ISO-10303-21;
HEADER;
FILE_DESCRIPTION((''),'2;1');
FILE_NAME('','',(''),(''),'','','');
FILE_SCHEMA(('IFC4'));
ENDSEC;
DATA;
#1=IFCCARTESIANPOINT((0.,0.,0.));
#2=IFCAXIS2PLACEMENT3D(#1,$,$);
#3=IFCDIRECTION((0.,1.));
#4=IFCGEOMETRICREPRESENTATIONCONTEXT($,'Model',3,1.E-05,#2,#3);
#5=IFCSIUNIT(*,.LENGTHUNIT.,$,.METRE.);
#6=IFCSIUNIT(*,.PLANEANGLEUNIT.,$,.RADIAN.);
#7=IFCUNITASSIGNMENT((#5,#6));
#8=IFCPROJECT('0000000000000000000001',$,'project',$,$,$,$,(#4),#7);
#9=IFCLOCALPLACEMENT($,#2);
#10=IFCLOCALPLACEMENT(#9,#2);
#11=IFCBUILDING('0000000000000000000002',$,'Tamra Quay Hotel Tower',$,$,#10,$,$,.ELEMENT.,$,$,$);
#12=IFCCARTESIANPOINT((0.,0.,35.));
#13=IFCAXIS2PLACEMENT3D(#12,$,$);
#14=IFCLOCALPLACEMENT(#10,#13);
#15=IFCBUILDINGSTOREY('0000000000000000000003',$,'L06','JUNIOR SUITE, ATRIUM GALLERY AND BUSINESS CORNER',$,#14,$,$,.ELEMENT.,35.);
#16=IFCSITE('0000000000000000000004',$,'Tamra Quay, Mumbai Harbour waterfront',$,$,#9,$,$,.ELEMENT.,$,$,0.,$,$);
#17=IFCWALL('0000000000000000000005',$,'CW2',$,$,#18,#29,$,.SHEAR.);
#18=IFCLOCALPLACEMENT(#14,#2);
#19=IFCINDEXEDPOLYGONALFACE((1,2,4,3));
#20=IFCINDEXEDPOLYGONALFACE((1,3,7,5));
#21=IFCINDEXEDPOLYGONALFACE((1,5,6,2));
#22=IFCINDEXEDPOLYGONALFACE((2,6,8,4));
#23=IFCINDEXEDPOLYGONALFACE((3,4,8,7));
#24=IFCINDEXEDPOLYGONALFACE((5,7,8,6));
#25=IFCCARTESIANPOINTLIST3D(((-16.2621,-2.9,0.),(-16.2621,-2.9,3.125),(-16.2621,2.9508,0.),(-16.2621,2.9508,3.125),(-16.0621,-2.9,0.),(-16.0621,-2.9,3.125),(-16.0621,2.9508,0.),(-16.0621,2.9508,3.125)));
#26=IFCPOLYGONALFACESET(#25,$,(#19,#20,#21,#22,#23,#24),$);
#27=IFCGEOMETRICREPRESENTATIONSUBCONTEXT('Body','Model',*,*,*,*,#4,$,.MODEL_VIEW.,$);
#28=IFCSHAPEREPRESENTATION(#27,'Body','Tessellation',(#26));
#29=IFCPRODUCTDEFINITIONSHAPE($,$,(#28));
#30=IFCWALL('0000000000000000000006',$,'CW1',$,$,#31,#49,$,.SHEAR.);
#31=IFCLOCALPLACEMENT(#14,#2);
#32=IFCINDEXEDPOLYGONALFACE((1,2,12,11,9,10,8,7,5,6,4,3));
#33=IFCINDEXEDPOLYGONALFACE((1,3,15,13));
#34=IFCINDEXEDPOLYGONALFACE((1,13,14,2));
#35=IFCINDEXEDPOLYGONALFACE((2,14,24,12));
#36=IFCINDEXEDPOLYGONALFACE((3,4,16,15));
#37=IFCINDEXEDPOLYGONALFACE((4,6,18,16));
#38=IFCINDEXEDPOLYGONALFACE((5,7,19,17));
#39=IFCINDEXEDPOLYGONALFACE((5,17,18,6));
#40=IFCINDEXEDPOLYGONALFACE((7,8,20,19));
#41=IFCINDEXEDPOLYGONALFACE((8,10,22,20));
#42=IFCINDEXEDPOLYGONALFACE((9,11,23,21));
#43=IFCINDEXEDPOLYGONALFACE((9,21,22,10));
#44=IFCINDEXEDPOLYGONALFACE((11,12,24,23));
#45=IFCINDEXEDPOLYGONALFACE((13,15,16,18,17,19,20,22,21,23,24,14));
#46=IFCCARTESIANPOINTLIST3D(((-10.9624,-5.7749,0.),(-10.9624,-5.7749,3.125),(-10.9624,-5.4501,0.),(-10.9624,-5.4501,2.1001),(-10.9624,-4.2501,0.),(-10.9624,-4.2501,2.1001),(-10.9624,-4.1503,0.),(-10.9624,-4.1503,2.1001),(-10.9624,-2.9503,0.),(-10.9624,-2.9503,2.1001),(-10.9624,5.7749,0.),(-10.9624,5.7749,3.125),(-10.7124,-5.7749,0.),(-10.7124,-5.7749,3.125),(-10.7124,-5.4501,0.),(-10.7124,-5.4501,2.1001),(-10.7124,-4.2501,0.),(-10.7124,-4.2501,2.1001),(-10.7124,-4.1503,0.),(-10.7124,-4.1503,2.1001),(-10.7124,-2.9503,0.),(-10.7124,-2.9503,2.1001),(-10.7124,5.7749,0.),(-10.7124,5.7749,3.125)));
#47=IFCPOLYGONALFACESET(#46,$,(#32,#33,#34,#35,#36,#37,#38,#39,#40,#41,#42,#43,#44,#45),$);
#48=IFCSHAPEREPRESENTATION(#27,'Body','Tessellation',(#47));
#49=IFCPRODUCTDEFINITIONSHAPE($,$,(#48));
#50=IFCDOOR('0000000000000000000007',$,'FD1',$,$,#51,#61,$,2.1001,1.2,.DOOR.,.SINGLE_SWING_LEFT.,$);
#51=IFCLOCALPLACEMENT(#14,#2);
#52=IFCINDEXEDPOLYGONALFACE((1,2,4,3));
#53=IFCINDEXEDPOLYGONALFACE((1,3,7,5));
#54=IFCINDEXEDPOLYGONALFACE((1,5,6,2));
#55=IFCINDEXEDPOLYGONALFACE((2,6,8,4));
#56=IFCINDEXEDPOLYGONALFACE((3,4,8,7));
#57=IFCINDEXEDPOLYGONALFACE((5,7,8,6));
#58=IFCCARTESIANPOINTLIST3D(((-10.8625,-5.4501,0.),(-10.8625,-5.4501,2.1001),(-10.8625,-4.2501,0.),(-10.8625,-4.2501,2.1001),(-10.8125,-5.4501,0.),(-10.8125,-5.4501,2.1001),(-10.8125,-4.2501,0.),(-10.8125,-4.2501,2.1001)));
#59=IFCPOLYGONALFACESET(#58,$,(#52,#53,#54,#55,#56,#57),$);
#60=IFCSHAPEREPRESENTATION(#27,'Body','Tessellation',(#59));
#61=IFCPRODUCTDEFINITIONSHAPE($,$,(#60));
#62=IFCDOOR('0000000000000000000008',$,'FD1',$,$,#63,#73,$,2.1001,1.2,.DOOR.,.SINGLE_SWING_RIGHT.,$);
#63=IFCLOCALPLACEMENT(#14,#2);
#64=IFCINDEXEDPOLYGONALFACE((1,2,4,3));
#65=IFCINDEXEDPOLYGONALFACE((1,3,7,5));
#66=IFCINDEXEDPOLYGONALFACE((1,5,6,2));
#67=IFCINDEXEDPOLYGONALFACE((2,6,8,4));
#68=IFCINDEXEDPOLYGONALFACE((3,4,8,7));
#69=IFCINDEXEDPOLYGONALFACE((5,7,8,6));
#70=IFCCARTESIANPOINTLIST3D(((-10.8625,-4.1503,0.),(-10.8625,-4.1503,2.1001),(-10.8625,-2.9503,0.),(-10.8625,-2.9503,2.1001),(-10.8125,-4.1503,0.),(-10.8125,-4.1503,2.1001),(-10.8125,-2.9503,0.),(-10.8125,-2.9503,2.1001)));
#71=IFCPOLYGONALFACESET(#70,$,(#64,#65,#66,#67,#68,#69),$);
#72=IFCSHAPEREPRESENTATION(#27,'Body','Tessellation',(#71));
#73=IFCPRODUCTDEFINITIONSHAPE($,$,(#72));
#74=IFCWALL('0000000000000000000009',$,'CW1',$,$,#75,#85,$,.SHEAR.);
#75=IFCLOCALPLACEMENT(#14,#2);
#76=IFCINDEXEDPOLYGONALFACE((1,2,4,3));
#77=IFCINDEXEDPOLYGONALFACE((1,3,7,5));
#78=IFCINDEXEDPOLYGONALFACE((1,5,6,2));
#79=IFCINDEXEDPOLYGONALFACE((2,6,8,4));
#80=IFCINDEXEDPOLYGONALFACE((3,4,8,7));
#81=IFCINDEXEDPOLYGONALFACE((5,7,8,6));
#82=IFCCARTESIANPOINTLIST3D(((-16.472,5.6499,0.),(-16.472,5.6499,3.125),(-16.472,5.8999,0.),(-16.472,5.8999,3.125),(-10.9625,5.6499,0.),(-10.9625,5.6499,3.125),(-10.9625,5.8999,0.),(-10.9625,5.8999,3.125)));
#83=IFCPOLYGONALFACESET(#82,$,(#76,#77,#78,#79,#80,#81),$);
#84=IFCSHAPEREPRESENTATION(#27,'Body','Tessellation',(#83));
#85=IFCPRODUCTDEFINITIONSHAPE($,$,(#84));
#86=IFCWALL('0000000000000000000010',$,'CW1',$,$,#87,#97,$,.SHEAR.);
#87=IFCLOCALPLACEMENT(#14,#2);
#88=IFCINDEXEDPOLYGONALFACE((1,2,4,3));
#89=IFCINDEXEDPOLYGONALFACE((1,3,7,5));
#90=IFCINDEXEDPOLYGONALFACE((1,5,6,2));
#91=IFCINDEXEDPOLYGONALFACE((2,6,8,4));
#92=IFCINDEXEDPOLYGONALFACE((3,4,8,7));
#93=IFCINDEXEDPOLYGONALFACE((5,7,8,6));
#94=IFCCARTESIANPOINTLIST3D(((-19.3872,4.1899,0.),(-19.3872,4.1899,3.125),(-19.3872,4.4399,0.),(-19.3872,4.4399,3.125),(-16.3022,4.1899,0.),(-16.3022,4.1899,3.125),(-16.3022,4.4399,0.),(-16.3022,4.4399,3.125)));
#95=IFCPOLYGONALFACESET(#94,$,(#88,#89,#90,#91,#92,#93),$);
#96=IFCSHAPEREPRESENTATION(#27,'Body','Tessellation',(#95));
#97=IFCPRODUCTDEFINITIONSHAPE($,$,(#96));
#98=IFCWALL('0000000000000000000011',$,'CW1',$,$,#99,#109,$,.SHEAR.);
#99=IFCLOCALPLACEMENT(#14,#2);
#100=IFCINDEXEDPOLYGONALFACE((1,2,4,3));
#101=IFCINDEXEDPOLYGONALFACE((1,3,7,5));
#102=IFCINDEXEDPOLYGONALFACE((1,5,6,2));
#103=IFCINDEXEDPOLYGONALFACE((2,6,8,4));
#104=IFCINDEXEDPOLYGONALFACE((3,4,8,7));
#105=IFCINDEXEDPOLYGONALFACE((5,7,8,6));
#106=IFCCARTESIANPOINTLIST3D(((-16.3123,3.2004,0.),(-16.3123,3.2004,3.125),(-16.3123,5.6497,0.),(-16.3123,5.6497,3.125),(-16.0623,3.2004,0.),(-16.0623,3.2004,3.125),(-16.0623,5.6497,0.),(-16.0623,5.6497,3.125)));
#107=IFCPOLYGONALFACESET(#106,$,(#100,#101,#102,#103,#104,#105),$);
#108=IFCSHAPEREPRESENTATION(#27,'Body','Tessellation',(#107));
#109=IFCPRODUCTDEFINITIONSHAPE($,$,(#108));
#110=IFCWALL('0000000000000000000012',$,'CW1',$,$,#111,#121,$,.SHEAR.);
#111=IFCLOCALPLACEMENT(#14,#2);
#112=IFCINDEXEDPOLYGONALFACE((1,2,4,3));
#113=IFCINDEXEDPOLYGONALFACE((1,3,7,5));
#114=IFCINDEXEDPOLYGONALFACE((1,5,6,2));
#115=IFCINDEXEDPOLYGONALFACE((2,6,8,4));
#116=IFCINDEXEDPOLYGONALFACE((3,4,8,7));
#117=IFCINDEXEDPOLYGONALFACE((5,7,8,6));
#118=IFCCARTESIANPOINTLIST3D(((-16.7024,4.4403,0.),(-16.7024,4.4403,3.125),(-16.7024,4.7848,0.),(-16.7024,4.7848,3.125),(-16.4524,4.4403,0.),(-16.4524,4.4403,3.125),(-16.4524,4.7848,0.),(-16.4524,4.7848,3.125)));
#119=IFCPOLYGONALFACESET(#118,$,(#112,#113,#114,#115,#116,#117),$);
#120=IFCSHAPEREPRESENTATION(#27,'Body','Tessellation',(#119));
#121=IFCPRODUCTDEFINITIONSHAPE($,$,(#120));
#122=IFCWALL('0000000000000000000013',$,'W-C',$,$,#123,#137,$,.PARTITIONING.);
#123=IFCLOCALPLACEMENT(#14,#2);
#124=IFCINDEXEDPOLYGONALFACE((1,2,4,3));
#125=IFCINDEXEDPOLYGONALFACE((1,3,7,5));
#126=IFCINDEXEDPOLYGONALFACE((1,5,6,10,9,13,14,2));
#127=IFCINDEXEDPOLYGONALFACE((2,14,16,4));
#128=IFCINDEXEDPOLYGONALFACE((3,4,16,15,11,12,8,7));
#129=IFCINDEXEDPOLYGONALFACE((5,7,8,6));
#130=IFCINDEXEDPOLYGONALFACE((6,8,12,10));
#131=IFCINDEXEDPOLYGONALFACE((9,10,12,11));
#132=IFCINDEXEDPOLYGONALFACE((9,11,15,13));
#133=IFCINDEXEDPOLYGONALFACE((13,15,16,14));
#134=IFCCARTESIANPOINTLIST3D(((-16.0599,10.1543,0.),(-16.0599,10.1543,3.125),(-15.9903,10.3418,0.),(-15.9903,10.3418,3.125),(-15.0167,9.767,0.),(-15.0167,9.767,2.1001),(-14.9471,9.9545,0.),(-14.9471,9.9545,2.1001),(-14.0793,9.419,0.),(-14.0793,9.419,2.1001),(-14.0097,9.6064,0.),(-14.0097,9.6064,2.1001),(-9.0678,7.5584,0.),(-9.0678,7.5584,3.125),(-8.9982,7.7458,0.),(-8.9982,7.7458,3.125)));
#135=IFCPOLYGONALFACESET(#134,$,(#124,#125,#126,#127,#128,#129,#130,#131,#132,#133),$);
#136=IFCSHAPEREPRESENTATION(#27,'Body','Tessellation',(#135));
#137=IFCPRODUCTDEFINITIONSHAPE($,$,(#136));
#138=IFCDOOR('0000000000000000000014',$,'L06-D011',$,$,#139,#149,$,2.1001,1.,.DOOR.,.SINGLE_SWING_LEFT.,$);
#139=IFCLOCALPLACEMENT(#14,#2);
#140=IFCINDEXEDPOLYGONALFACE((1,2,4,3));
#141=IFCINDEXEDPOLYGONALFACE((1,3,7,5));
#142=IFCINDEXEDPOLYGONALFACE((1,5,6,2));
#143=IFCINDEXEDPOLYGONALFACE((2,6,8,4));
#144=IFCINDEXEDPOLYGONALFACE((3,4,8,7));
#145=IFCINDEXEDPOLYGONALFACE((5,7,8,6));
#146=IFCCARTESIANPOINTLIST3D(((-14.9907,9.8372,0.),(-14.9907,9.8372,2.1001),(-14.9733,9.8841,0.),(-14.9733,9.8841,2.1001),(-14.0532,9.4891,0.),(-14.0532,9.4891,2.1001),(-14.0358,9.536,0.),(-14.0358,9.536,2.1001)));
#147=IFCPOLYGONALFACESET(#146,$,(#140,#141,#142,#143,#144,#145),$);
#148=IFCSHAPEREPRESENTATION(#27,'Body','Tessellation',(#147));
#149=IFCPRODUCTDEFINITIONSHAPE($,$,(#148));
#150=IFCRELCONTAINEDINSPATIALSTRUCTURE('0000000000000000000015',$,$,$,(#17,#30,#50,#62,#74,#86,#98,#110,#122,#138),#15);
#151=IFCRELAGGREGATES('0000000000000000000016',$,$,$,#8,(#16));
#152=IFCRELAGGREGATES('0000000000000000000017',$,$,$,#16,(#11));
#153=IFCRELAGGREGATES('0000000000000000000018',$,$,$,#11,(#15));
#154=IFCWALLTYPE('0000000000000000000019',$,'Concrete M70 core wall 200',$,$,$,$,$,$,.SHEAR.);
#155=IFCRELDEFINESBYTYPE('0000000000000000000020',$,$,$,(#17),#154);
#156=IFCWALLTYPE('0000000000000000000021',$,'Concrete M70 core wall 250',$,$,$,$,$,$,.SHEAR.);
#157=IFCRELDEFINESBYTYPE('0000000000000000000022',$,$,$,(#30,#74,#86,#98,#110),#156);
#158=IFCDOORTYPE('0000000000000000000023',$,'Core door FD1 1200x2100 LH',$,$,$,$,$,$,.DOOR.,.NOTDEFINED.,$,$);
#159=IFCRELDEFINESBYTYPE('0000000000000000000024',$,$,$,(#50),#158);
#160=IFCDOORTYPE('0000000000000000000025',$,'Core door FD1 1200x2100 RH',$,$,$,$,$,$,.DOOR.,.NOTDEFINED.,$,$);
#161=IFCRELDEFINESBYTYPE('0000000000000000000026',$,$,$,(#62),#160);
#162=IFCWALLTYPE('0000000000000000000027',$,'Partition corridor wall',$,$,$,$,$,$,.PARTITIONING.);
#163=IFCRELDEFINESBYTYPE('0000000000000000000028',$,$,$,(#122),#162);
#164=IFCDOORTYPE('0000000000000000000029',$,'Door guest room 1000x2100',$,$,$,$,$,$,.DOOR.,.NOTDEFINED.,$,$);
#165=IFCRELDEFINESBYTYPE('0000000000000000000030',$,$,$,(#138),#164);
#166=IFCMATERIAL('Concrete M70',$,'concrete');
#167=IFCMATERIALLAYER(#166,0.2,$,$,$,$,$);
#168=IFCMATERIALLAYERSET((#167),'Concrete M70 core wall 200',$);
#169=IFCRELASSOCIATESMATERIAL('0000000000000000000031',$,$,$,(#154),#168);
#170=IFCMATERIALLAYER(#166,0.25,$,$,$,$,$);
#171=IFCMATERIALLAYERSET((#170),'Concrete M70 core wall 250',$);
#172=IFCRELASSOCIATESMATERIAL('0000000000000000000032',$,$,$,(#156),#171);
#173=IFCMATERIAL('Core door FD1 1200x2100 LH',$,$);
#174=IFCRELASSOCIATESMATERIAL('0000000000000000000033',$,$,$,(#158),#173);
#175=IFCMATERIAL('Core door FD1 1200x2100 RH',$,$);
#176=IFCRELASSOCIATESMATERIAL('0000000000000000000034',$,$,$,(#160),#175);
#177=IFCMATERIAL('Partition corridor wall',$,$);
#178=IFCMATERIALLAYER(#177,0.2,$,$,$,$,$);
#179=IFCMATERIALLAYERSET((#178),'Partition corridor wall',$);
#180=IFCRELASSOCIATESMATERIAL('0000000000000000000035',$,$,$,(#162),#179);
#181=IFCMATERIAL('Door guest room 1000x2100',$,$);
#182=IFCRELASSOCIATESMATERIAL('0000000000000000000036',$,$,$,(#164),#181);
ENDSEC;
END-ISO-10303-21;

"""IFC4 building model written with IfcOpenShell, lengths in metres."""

from ifc_helpers import new_model, si_unit, direction, frame, frame_2d, origin, place, context, subcontext, project, spatial, rectangle, extrude, material, layer, layer_set, type_object, element, fill, save


model = new_model("IFC4")

# Units and contexts
model_context = context("Model", 3, precision=1e-05, world=origin(), true_north=direction((0.0, 1.0)))
body_context = subcontext(model_context, "Body", "Model", "MODEL_VIEW")
ifc_project = project(units=[si_unit("LENGTHUNIT", "METRE"), si_unit("PLANEANGLEUNIT", "RADIAN")], contexts=[model_context])

# Site, building, storey
site_placement = place(None, origin())
site = spatial("IfcSite", under=ifc_project, at=site_placement, Name="Tamra Quay, Mumbai Harbour waterfront", CompositionType="ELEMENT", RefElevation=0.0)
building_placement = place(site_placement, origin())
building = spatial("IfcBuilding", under=site, at=building_placement, Name="Tamra Quay Hotel Tower", CompositionType="ELEMENT")
storey_placement = place(building_placement, frame((0.0, 0.0, 35.0)))
storey = spatial("IfcBuildingStorey", under=building, at=storey_placement, Name="L06", Description="JUNIOR SUITE, ATRIUM GALLERY AND BUSINESS CORNER", CompositionType="ELEMENT", Elevation=35.0)

# Wall
ifc_material_1 = material(Name="Concrete M70", Category="concrete")
ifc_layer_1 = layer(ifc_material_1, 0.2)
ifc_layer_set_1 = layer_set([ifc_layer_1], Name="Concrete M70 core wall 200")
wall_type_1 = type_object("IfcWallType", Name="Concrete M70 core wall 200", PredefinedType="SHEAR", material=ifc_layer_set_1)
wall_1_placement = place(storey_placement, frame((-16.1621, 2.9507, 0.0), z_axis=(0.0, 0.0, 1.0), x_axis=(0.0, -1.0, 0.0)))
element("IfcWall", 1, at=wall_1_placement, inside=storey, type_object=wall_type_1, Name="CW2", PredefinedType="SHEAR", context=body_context, shape_type="SweptSolid", body=[
    extrude(rectangle(XDim=5.8508, YDim=0.2, at=frame_2d((2.9253, 0.0))), origin(), (0.0, 0.0, 1.0), 3.125),
])

# Wall, openings, doors
ifc_layer_2 = layer(ifc_material_1, 0.25)
ifc_layer_set_2 = layer_set([ifc_layer_2], Name="Concrete M70 core wall 250")
wall_type_2 = type_object("IfcWallType", Name="Concrete M70 core wall 250", PredefinedType="SHEAR", material=ifc_layer_set_2)
wall_2_placement = place(storey_placement, frame((-10.8374, 5.7749, 0.0), z_axis=(0.0, 0.0, 1.0), x_axis=(0.0, -1.0, 0.0)))
wall_2 = element("IfcWall", 2, at=wall_2_placement, inside=storey, type_object=wall_type_2, Name="CW1", PredefinedType="SHEAR", context=body_context, shape_type="SweptSolid", body=[
    extrude(rectangle(XDim=11.5498, YDim=0.25, at=frame_2d((5.7749, 0.0))), origin(), (0.0, 0.0, 1.0), 3.125),
])
opening_1_placement = place(wall_2_placement, frame((10.0249, 0.0, 0.0)))
opening_1 = element("IfcOpeningElement", 3, at=opening_1_placement, cuts=wall_2, PredefinedType="OPENING", context=body_context, shape_type="SweptSolid", body=[
    extrude(rectangle(XDim=1.2, YDim=2.1001, at=frame_2d((0.6001, 1.05))), frame((0.0, 0.135, 0.0), z_axis=(0.0, -1.0, 0.0), x_axis=(1.0, 0.0, 0.0)), (0.0, 0.0, 1.0), 0.27),
])
opening_2_placement = place(wall_2_placement, frame((8.7251, 0.0, 0.0)))
opening_2 = element("IfcOpeningElement", 4, at=opening_2_placement, cuts=wall_2, PredefinedType="OPENING", context=body_context, shape_type="SweptSolid", body=[
    extrude(rectangle(XDim=1.2, YDim=2.1001, at=frame_2d((0.6001, 1.05))), frame((0.0, 0.135, 0.0), z_axis=(0.0, -1.0, 0.0), x_axis=(1.0, 0.0, 0.0)), (0.0, 0.0, 1.0), 0.27),
])
ifc_material_2 = material(Name="Core door FD1 1200x2100 LH")
door_type_1 = type_object("IfcDoorType", Name="Core door FD1 1200x2100 LH", OperationType="NOTDEFINED", PredefinedType="DOOR", material=ifc_material_2)
door_1_placement = place(opening_1_placement, origin())
door_1 = element("IfcDoor", 5, at=door_1_placement, inside=storey, type_object=door_type_1, Name="FD1", OperationType="SINGLE_SWING_LEFT", OverallHeight=2.1001, OverallWidth=1.2, PredefinedType="DOOR", context=body_context, shape_type="SweptSolid", body=[
    extrude(rectangle(XDim=1.2, YDim=2.1001, at=frame_2d((0.6001, 1.05))), frame((0.0, 0.0249, 0.0), z_axis=(0.0, -1.0, 0.0), x_axis=(1.0, 0.0, 0.0)), (0.0, 0.0, 1.0), 0.05),
])
fill(opening_1, door_1)
ifc_material_3 = material(Name="Core door FD1 1200x2100 RH")
door_type_2 = type_object("IfcDoorType", Name="Core door FD1 1200x2100 RH", OperationType="NOTDEFINED", PredefinedType="DOOR", material=ifc_material_3)
door_2_placement = place(opening_2_placement, origin())
door_2 = element("IfcDoor", 6, at=door_2_placement, inside=storey, type_object=door_type_2, Name="FD1", OperationType="SINGLE_SWING_RIGHT", OverallHeight=2.1001, OverallWidth=1.2, PredefinedType="DOOR", context=body_context, shape_type="SweptSolid", body=[
    extrude(rectangle(XDim=1.2, YDim=2.1001, at=frame_2d((0.6001, 1.05))), frame((0.0, 0.0249, 0.0), z_axis=(0.0, -1.0, 0.0), x_axis=(1.0, 0.0, 0.0)), (0.0, 0.0, 1.0), 0.05),
])
fill(opening_2, door_2)

# Walls
wall_3_placement = place(storey_placement, frame((-16.4722, 5.7749, 0.0), z_axis=(0.0, 0.0, 1.0), x_axis=(1.0, 0.0, 0.0)))
element("IfcWall", 7, at=wall_3_placement, inside=storey, type_object=wall_type_2, Name="CW1", PredefinedType="SHEAR", context=body_context, shape_type="SweptSolid", body=[
    extrude(rectangle(XDim=5.5095, YDim=0.25, at=frame_2d((2.7549, 0.0))), origin(), (0.0, 0.0, 1.0), 3.125),
])
wall_4_placement = place(storey_placement, frame((-16.3022, 4.3149, 0.0), z_axis=(0.0, 0.0, 1.0), x_axis=(-1.0, 0.0, 0.0)))
element("IfcWall", 8, at=wall_4_placement, inside=storey, type_object=wall_type_2, Name="CW1", PredefinedType="SHEAR", context=body_context, shape_type="SweptSolid", body=[
    extrude(rectangle(XDim=3.085, YDim=0.25, at=frame_2d((1.5425, 0.0))), origin(), (0.0, 0.0, 1.0), 3.125),
])
wall_5_placement = place(storey_placement, frame((-16.1873, 3.2004, 0.0), z_axis=(0.0, 0.0, 1.0), x_axis=(0.0, 1.0, 0.0)))
element("IfcWall", 9, at=wall_5_placement, inside=storey, type_object=wall_type_2, Name="CW1", PredefinedType="SHEAR", context=body_context, shape_type="SweptSolid", body=[
    extrude(rectangle(XDim=2.4492, YDim=0.25, at=frame_2d((1.2246, 0.0))), origin(), (0.0, 0.0, 1.0), 3.125),
])
wall_6_placement = place(storey_placement, frame((-16.5774, 4.7849, 0.0), z_axis=(0.0, 0.0, 1.0), x_axis=(0.0, -1.0, 0.0)))
element("IfcWall", 10, at=wall_6_placement, inside=storey, type_object=wall_type_2, Name="CW1", PredefinedType="SHEAR", context=body_context, shape_type="SweptSolid", body=[
    extrude(rectangle(XDim=0.3445, YDim=0.25, at=frame_2d((0.1724, 0.0))), origin(), (0.0, 0.0, 1.0), 3.125),
])

# Wall, opening, door
ifc_material_4 = material(Name="Partition corridor wall")
ifc_layer_3 = layer(ifc_material_4, 0.2)
ifc_layer_set_3 = layer_set([ifc_layer_3], Name="Partition corridor wall")
wall_type_3 = type_object("IfcWallType", Name="Partition corridor wall", PredefinedType="PARTITIONING", material=ifc_layer_set_3)
wall_7_placement = place(storey_placement, frame((-16.0251, 10.248, 0.0), z_axis=(0.0, 0.0, 1.0), x_axis=(0.937476, -0.348051, 0.0)))
wall_7 = element("IfcWall", 11, at=wall_7_placement, inside=storey, type_object=wall_type_3, Name="W-C", PredefinedType="PARTITIONING", context=body_context, shape_type="SweptSolid", body=[
    extrude(rectangle(XDim=7.4585, YDim=0.2, at=frame_2d((3.7292, 0.0))), origin(), (0.0, 0.0, 1.0), 3.125),
])
opening_3_placement = place(wall_7_placement, frame((1.1128, 0.0, 0.0)))
opening_3 = element("IfcOpeningElement", 12, at=opening_3_placement, cuts=wall_7, PredefinedType="OPENING", context=body_context, shape_type="SweptSolid", body=[
    extrude(rectangle(XDim=1.0, YDim=2.1001, at=frame_2d((0.5, 1.05))), frame((0.0, 0.1099, 0.0), z_axis=(0.0, -1.0, 0.0), x_axis=(1.0, 0.0, 0.0)), (0.0, 0.0, 1.0), 0.22),
])
ifc_material_5 = material(Name="Door guest room 1000x2100")
door_type_3 = type_object("IfcDoorType", Name="Door guest room 1000x2100", OperationType="NOTDEFINED", PredefinedType="DOOR", material=ifc_material_5)
door_3_placement = place(opening_3_placement, origin())
door_3 = element("IfcDoor", 13, at=door_3_placement, inside=storey, type_object=door_type_3, Name="L06-D011", OperationType="SINGLE_SWING_LEFT", OverallHeight=2.1001, OverallWidth=1.0, PredefinedType="DOOR", context=body_context, shape_type="SweptSolid", body=[
    extrude(rectangle(XDim=1.0, YDim=2.1001, at=frame_2d((0.5, 1.05))), frame((0.0, 0.0249, 0.0), z_axis=(0.0, -1.0, 0.0), x_axis=(1.0, 0.0, 0.0)), (0.0, 0.0, 1.0), 0.05),
])
fill(opening_3, door_3)

save(model, "model.ifc")
